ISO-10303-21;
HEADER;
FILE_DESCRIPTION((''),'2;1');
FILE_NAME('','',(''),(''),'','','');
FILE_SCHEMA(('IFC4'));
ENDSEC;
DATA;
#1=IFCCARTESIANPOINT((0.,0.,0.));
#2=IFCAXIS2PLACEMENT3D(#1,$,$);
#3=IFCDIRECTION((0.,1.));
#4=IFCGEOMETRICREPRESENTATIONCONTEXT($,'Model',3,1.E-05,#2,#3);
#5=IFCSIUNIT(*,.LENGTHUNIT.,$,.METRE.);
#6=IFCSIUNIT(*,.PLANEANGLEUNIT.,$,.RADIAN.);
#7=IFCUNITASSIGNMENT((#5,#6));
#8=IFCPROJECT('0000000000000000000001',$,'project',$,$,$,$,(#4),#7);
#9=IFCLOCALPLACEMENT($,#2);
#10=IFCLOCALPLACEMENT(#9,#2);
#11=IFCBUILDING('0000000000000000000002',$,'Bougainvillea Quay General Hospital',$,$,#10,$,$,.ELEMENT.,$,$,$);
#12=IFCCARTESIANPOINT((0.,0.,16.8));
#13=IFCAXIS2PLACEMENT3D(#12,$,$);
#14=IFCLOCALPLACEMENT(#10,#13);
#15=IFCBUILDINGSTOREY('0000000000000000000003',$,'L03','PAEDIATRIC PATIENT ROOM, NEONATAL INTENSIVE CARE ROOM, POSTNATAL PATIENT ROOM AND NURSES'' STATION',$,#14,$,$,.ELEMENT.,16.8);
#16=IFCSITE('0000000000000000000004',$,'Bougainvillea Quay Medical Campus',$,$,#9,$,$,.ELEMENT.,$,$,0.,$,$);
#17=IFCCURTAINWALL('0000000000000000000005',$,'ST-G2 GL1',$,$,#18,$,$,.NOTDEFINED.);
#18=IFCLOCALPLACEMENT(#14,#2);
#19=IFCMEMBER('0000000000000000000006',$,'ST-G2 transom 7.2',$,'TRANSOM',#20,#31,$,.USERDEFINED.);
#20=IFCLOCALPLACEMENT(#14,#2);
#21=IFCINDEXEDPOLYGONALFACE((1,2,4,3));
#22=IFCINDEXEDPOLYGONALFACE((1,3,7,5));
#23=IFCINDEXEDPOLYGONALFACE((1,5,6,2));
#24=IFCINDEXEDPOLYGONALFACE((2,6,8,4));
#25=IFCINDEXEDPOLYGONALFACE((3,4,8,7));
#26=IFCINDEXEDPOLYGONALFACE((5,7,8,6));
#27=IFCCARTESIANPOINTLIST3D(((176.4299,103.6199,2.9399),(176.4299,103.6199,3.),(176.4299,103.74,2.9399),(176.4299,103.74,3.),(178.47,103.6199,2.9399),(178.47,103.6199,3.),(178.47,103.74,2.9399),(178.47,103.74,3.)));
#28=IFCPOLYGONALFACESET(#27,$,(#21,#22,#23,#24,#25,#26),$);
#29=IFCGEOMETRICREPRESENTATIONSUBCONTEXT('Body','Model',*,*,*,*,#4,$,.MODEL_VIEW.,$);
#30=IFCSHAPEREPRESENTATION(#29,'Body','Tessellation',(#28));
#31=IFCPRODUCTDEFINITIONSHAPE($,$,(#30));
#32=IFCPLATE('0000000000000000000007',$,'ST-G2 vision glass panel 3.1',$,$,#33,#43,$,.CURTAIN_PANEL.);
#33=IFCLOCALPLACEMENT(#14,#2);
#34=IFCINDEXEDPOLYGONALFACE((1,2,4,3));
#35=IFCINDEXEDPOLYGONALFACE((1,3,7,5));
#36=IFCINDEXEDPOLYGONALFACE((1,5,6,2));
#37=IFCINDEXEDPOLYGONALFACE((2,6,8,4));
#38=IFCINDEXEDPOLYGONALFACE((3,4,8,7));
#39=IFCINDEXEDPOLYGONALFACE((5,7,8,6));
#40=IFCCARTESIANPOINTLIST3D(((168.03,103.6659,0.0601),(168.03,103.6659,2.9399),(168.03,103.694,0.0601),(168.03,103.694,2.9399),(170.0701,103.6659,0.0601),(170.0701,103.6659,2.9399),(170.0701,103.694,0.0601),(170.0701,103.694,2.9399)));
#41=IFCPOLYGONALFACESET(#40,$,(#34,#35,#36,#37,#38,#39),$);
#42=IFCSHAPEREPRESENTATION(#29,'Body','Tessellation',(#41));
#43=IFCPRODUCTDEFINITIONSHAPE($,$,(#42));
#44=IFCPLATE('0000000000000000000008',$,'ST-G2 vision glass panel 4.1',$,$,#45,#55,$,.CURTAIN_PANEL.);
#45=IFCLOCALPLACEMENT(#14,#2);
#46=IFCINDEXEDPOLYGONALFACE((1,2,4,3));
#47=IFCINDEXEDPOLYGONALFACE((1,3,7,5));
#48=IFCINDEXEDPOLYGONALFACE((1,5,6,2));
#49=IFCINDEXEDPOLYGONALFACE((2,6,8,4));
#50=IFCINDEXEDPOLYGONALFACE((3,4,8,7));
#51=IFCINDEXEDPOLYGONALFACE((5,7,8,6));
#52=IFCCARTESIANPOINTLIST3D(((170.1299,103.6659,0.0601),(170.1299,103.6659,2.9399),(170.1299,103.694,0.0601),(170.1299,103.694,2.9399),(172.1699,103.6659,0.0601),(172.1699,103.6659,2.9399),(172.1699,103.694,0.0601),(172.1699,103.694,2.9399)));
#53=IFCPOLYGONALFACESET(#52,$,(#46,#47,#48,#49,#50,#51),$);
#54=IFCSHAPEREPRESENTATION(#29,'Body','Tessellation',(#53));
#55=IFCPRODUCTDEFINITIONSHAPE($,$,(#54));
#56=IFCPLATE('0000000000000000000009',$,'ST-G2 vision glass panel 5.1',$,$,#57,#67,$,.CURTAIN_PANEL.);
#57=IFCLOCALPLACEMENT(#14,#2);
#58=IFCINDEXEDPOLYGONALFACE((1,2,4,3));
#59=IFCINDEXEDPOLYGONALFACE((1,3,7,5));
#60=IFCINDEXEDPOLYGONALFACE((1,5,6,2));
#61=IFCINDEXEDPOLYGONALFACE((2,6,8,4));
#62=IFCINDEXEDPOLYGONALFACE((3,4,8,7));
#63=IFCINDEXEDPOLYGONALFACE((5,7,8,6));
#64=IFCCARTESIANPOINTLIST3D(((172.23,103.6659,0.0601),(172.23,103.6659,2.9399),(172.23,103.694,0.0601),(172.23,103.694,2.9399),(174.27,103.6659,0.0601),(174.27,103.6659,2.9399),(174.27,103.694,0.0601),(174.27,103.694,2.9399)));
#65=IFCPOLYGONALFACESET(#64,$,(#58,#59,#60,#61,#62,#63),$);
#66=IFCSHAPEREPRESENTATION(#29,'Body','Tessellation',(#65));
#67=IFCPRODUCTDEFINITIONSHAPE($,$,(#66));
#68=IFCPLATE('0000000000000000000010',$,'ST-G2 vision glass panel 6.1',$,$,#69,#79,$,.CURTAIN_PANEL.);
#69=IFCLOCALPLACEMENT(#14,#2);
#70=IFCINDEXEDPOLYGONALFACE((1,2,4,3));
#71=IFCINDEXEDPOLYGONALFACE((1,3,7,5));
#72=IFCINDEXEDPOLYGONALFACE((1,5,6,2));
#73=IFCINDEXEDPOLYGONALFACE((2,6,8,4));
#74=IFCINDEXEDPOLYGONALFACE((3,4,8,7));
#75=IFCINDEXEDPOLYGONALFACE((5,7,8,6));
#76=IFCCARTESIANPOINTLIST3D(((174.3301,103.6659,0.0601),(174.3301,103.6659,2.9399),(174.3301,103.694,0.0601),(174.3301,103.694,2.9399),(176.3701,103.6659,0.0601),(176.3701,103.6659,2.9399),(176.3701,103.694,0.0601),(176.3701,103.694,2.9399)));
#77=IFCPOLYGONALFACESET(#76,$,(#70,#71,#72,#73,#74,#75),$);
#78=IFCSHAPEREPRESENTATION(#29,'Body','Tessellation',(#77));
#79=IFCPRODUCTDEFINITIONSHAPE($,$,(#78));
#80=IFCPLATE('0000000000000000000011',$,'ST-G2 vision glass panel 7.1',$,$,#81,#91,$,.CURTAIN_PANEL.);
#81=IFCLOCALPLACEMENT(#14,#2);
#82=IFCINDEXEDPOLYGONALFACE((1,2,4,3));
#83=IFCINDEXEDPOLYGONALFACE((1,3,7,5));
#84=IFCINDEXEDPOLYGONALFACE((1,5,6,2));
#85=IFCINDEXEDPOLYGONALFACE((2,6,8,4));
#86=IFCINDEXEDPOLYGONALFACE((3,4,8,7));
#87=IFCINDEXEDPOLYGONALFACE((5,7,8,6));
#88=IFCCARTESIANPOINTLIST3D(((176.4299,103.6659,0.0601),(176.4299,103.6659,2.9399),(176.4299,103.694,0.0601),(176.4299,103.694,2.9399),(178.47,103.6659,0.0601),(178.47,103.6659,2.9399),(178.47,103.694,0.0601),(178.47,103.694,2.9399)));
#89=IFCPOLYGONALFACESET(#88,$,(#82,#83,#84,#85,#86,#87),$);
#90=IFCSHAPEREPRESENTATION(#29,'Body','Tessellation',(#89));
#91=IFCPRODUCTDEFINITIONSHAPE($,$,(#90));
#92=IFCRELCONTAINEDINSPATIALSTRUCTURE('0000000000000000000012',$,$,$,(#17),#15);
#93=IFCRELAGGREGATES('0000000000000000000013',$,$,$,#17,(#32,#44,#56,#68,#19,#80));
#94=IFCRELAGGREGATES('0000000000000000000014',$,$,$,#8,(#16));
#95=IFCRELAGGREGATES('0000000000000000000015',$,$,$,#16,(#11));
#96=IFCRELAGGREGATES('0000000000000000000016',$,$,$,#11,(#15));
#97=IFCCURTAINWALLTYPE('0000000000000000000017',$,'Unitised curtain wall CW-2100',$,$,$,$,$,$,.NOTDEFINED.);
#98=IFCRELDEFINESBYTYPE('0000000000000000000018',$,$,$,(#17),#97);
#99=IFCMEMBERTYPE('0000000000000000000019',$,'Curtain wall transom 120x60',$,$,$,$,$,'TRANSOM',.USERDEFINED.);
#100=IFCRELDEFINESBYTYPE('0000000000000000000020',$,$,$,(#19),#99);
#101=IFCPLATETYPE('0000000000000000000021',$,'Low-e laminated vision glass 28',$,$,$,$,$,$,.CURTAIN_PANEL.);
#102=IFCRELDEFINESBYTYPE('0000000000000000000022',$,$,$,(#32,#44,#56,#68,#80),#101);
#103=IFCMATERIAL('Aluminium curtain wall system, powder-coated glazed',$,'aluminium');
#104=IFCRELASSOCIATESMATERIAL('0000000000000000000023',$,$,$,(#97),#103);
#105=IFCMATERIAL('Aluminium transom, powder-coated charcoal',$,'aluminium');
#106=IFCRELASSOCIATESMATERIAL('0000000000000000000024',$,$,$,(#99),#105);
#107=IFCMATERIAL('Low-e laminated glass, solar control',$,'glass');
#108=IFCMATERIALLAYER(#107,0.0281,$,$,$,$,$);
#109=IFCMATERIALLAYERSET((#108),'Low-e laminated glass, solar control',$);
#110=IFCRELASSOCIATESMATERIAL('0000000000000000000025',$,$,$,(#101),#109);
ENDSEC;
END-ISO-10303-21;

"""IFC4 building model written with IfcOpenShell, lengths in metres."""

from ifc_helpers import new_model, si_unit, direction, frame, origin, origin_2d, place, context, subcontext, project, spatial, rectangle, extrude, material, layer, layer_set, material_profile, profile_set, type_object, element, aggregate, save


model = new_model("IFC4")

# Units and contexts
model_context = context("Model", 3, precision=1e-05, world=origin(), true_north=direction((0.0, 1.0)))
body_context = subcontext(model_context, "Body", "Model", "MODEL_VIEW")
ifc_project = project(units=[si_unit("LENGTHUNIT", "METRE"), si_unit("PLANEANGLEUNIT", "RADIAN")], contexts=[model_context])

# Site, building, storey
site_placement = place(None, origin())
site = spatial("IfcSite", under=ifc_project, at=site_placement, Name="Bougainvillea Quay Medical Campus", CompositionType="ELEMENT", RefElevation=0.0)
building_placement = place(site_placement, origin())
building = spatial("IfcBuilding", under=site, at=building_placement, Name="Bougainvillea Quay General Hospital", CompositionType="ELEMENT")
storey_placement = place(building_placement, frame((0.0, 0.0, 16.8)))
storey = spatial("IfcBuildingStorey", under=building, at=storey_placement, Name="L03", Description="PAEDIATRIC PATIENT ROOM, NEONATAL INTENSIVE CARE ROOM, POSTNATAL PATIENT ROOM AND NURSES' STATION", CompositionType="ELEMENT", Elevation=16.8)

# Curtain wall, member, plates
ifc_material_1 = material(Name="Aluminium curtain wall system, powder-coated glazed", Category="aluminium")
curtain_wall_type = type_object("IfcCurtainWallType", Name="Unitised curtain wall CW-2100", PredefinedType="NOTDEFINED", material=ifc_material_1)
curtain_wall_placement = place(storey_placement, origin())
curtain_wall = element("IfcCurtainWall", 1, at=curtain_wall_placement, inside=storey, type_object=curtain_wall_type, Name="ST-G2 GL1", PredefinedType="NOTDEFINED")
ifc_material_2 = material(Name="Aluminium transom, powder-coated charcoal", Category="aluminium")
ifc_material_profile_1 = material_profile(ifc_material_2, rectangle(XDim=0.1201, YDim=0.0601, at=origin_2d()))
ifc_profile_set_1 = profile_set([ifc_material_profile_1], Name="Aluminium transom, powder-coated charcoal")
member_type_1 = type_object("IfcMemberType", Name="Curtain wall transom 120x60", ElementType="TRANSOM", PredefinedType="USERDEFINED", material=ifc_profile_set_1)
member_1_placement = place(storey_placement, frame((176.4299, 103.6799, 2.97), z_axis=(1.0, 0.0, 0.0), x_axis=(0.0, 1.0, 0.0)))
member_1 = element("IfcMember", 2, at=member_1_placement, type_object=member_type_1, Name="ST-G2 transom 7.2", ObjectType="TRANSOM", PredefinedType="USERDEFINED", context=body_context, shape_type="SweptSolid", body=[
    extrude(rectangle(XDim=0.1201, YDim=0.0601, at=origin_2d()), origin(), (0.0, 0.0, 1.0), 2.04),
])
ifc_material_3 = material(Name="Low-e laminated glass, solar control", Category="glass")
ifc_layer = layer(ifc_material_3, 0.0281)
ifc_layer_set = layer_set([ifc_layer], Name="Low-e laminated glass, solar control")
plate_type = type_object("IfcPlateType", Name="Low-e laminated vision glass 28", PredefinedType="CURTAIN_PANEL", material=ifc_layer_set)
plate_1_placement = place(storey_placement, frame((169.05, 103.6799, 0.0601), z_axis=(0.0, 0.0, 1.0), x_axis=(1.0, 0.0, 0.0)))
plate_1 = element("IfcPlate", 3, at=plate_1_placement, type_object=plate_type, Name="ST-G2 vision glass panel 3.1", PredefinedType="CURTAIN_PANEL", context=body_context, shape_type="SweptSolid", body=[
    extrude(rectangle(XDim=2.04, YDim=0.0281, at=origin_2d()), origin(), (0.0, 0.0, 1.0), 2.8799),
])
plate_2_placement = place(storey_placement, frame((171.1499, 103.6799, 0.0601), z_axis=(0.0, 0.0, 1.0), x_axis=(1.0, 0.0, 0.0)))
plate_2 = element("IfcPlate", 4, at=plate_2_placement, type_object=plate_type, Name="ST-G2 vision glass panel 4.1", PredefinedType="CURTAIN_PANEL", context=body_context, shape_type="SweptSolid", body=[
    extrude(rectangle(XDim=2.04, YDim=0.0281, at=origin_2d()), origin(), (0.0, 0.0, 1.0), 2.8799),
])
plate_3_placement = place(storey_placement, frame((173.25, 103.6799, 0.0601), z_axis=(0.0, 0.0, 1.0), x_axis=(1.0, 0.0, 0.0)))
plate_3 = element("IfcPlate", 5, at=plate_3_placement, type_object=plate_type, Name="ST-G2 vision glass panel 5.1", PredefinedType="CURTAIN_PANEL", context=body_context, shape_type="SweptSolid", body=[
    extrude(rectangle(XDim=2.04, YDim=0.0281, at=origin_2d()), origin(), (0.0, 0.0, 1.0), 2.8799),
])
plate_4_placement = place(storey_placement, frame((175.3501, 103.6799, 0.0601), z_axis=(0.0, 0.0, 1.0), x_axis=(1.0, 0.0, 0.0)))
plate_4 = element("IfcPlate", 6, at=plate_4_placement, type_object=plate_type, Name="ST-G2 vision glass panel 6.1", PredefinedType="CURTAIN_PANEL", context=body_context, shape_type="SweptSolid", body=[
    extrude(rectangle(XDim=2.04, YDim=0.0281, at=origin_2d()), origin(), (0.0, 0.0, 1.0), 2.8799),
])
plate_5_placement = place(storey_placement, frame((177.45, 103.6799, 0.0601), z_axis=(0.0, 0.0, 1.0), x_axis=(1.0, 0.0, 0.0)))
plate_5 = element("IfcPlate", 7, at=plate_5_placement, type_object=plate_type, Name="ST-G2 vision glass panel 7.1", PredefinedType="CURTAIN_PANEL", context=body_context, shape_type="SweptSolid", body=[
    extrude(rectangle(XDim=2.04, YDim=0.0281, at=origin_2d()), origin(), (0.0, 0.0, 1.0), 2.8799),
])
aggregate(curtain_wall, [plate_1, plate_2, plate_3, plate_4, member_1, plate_5])

save(model, "model.ifc")
